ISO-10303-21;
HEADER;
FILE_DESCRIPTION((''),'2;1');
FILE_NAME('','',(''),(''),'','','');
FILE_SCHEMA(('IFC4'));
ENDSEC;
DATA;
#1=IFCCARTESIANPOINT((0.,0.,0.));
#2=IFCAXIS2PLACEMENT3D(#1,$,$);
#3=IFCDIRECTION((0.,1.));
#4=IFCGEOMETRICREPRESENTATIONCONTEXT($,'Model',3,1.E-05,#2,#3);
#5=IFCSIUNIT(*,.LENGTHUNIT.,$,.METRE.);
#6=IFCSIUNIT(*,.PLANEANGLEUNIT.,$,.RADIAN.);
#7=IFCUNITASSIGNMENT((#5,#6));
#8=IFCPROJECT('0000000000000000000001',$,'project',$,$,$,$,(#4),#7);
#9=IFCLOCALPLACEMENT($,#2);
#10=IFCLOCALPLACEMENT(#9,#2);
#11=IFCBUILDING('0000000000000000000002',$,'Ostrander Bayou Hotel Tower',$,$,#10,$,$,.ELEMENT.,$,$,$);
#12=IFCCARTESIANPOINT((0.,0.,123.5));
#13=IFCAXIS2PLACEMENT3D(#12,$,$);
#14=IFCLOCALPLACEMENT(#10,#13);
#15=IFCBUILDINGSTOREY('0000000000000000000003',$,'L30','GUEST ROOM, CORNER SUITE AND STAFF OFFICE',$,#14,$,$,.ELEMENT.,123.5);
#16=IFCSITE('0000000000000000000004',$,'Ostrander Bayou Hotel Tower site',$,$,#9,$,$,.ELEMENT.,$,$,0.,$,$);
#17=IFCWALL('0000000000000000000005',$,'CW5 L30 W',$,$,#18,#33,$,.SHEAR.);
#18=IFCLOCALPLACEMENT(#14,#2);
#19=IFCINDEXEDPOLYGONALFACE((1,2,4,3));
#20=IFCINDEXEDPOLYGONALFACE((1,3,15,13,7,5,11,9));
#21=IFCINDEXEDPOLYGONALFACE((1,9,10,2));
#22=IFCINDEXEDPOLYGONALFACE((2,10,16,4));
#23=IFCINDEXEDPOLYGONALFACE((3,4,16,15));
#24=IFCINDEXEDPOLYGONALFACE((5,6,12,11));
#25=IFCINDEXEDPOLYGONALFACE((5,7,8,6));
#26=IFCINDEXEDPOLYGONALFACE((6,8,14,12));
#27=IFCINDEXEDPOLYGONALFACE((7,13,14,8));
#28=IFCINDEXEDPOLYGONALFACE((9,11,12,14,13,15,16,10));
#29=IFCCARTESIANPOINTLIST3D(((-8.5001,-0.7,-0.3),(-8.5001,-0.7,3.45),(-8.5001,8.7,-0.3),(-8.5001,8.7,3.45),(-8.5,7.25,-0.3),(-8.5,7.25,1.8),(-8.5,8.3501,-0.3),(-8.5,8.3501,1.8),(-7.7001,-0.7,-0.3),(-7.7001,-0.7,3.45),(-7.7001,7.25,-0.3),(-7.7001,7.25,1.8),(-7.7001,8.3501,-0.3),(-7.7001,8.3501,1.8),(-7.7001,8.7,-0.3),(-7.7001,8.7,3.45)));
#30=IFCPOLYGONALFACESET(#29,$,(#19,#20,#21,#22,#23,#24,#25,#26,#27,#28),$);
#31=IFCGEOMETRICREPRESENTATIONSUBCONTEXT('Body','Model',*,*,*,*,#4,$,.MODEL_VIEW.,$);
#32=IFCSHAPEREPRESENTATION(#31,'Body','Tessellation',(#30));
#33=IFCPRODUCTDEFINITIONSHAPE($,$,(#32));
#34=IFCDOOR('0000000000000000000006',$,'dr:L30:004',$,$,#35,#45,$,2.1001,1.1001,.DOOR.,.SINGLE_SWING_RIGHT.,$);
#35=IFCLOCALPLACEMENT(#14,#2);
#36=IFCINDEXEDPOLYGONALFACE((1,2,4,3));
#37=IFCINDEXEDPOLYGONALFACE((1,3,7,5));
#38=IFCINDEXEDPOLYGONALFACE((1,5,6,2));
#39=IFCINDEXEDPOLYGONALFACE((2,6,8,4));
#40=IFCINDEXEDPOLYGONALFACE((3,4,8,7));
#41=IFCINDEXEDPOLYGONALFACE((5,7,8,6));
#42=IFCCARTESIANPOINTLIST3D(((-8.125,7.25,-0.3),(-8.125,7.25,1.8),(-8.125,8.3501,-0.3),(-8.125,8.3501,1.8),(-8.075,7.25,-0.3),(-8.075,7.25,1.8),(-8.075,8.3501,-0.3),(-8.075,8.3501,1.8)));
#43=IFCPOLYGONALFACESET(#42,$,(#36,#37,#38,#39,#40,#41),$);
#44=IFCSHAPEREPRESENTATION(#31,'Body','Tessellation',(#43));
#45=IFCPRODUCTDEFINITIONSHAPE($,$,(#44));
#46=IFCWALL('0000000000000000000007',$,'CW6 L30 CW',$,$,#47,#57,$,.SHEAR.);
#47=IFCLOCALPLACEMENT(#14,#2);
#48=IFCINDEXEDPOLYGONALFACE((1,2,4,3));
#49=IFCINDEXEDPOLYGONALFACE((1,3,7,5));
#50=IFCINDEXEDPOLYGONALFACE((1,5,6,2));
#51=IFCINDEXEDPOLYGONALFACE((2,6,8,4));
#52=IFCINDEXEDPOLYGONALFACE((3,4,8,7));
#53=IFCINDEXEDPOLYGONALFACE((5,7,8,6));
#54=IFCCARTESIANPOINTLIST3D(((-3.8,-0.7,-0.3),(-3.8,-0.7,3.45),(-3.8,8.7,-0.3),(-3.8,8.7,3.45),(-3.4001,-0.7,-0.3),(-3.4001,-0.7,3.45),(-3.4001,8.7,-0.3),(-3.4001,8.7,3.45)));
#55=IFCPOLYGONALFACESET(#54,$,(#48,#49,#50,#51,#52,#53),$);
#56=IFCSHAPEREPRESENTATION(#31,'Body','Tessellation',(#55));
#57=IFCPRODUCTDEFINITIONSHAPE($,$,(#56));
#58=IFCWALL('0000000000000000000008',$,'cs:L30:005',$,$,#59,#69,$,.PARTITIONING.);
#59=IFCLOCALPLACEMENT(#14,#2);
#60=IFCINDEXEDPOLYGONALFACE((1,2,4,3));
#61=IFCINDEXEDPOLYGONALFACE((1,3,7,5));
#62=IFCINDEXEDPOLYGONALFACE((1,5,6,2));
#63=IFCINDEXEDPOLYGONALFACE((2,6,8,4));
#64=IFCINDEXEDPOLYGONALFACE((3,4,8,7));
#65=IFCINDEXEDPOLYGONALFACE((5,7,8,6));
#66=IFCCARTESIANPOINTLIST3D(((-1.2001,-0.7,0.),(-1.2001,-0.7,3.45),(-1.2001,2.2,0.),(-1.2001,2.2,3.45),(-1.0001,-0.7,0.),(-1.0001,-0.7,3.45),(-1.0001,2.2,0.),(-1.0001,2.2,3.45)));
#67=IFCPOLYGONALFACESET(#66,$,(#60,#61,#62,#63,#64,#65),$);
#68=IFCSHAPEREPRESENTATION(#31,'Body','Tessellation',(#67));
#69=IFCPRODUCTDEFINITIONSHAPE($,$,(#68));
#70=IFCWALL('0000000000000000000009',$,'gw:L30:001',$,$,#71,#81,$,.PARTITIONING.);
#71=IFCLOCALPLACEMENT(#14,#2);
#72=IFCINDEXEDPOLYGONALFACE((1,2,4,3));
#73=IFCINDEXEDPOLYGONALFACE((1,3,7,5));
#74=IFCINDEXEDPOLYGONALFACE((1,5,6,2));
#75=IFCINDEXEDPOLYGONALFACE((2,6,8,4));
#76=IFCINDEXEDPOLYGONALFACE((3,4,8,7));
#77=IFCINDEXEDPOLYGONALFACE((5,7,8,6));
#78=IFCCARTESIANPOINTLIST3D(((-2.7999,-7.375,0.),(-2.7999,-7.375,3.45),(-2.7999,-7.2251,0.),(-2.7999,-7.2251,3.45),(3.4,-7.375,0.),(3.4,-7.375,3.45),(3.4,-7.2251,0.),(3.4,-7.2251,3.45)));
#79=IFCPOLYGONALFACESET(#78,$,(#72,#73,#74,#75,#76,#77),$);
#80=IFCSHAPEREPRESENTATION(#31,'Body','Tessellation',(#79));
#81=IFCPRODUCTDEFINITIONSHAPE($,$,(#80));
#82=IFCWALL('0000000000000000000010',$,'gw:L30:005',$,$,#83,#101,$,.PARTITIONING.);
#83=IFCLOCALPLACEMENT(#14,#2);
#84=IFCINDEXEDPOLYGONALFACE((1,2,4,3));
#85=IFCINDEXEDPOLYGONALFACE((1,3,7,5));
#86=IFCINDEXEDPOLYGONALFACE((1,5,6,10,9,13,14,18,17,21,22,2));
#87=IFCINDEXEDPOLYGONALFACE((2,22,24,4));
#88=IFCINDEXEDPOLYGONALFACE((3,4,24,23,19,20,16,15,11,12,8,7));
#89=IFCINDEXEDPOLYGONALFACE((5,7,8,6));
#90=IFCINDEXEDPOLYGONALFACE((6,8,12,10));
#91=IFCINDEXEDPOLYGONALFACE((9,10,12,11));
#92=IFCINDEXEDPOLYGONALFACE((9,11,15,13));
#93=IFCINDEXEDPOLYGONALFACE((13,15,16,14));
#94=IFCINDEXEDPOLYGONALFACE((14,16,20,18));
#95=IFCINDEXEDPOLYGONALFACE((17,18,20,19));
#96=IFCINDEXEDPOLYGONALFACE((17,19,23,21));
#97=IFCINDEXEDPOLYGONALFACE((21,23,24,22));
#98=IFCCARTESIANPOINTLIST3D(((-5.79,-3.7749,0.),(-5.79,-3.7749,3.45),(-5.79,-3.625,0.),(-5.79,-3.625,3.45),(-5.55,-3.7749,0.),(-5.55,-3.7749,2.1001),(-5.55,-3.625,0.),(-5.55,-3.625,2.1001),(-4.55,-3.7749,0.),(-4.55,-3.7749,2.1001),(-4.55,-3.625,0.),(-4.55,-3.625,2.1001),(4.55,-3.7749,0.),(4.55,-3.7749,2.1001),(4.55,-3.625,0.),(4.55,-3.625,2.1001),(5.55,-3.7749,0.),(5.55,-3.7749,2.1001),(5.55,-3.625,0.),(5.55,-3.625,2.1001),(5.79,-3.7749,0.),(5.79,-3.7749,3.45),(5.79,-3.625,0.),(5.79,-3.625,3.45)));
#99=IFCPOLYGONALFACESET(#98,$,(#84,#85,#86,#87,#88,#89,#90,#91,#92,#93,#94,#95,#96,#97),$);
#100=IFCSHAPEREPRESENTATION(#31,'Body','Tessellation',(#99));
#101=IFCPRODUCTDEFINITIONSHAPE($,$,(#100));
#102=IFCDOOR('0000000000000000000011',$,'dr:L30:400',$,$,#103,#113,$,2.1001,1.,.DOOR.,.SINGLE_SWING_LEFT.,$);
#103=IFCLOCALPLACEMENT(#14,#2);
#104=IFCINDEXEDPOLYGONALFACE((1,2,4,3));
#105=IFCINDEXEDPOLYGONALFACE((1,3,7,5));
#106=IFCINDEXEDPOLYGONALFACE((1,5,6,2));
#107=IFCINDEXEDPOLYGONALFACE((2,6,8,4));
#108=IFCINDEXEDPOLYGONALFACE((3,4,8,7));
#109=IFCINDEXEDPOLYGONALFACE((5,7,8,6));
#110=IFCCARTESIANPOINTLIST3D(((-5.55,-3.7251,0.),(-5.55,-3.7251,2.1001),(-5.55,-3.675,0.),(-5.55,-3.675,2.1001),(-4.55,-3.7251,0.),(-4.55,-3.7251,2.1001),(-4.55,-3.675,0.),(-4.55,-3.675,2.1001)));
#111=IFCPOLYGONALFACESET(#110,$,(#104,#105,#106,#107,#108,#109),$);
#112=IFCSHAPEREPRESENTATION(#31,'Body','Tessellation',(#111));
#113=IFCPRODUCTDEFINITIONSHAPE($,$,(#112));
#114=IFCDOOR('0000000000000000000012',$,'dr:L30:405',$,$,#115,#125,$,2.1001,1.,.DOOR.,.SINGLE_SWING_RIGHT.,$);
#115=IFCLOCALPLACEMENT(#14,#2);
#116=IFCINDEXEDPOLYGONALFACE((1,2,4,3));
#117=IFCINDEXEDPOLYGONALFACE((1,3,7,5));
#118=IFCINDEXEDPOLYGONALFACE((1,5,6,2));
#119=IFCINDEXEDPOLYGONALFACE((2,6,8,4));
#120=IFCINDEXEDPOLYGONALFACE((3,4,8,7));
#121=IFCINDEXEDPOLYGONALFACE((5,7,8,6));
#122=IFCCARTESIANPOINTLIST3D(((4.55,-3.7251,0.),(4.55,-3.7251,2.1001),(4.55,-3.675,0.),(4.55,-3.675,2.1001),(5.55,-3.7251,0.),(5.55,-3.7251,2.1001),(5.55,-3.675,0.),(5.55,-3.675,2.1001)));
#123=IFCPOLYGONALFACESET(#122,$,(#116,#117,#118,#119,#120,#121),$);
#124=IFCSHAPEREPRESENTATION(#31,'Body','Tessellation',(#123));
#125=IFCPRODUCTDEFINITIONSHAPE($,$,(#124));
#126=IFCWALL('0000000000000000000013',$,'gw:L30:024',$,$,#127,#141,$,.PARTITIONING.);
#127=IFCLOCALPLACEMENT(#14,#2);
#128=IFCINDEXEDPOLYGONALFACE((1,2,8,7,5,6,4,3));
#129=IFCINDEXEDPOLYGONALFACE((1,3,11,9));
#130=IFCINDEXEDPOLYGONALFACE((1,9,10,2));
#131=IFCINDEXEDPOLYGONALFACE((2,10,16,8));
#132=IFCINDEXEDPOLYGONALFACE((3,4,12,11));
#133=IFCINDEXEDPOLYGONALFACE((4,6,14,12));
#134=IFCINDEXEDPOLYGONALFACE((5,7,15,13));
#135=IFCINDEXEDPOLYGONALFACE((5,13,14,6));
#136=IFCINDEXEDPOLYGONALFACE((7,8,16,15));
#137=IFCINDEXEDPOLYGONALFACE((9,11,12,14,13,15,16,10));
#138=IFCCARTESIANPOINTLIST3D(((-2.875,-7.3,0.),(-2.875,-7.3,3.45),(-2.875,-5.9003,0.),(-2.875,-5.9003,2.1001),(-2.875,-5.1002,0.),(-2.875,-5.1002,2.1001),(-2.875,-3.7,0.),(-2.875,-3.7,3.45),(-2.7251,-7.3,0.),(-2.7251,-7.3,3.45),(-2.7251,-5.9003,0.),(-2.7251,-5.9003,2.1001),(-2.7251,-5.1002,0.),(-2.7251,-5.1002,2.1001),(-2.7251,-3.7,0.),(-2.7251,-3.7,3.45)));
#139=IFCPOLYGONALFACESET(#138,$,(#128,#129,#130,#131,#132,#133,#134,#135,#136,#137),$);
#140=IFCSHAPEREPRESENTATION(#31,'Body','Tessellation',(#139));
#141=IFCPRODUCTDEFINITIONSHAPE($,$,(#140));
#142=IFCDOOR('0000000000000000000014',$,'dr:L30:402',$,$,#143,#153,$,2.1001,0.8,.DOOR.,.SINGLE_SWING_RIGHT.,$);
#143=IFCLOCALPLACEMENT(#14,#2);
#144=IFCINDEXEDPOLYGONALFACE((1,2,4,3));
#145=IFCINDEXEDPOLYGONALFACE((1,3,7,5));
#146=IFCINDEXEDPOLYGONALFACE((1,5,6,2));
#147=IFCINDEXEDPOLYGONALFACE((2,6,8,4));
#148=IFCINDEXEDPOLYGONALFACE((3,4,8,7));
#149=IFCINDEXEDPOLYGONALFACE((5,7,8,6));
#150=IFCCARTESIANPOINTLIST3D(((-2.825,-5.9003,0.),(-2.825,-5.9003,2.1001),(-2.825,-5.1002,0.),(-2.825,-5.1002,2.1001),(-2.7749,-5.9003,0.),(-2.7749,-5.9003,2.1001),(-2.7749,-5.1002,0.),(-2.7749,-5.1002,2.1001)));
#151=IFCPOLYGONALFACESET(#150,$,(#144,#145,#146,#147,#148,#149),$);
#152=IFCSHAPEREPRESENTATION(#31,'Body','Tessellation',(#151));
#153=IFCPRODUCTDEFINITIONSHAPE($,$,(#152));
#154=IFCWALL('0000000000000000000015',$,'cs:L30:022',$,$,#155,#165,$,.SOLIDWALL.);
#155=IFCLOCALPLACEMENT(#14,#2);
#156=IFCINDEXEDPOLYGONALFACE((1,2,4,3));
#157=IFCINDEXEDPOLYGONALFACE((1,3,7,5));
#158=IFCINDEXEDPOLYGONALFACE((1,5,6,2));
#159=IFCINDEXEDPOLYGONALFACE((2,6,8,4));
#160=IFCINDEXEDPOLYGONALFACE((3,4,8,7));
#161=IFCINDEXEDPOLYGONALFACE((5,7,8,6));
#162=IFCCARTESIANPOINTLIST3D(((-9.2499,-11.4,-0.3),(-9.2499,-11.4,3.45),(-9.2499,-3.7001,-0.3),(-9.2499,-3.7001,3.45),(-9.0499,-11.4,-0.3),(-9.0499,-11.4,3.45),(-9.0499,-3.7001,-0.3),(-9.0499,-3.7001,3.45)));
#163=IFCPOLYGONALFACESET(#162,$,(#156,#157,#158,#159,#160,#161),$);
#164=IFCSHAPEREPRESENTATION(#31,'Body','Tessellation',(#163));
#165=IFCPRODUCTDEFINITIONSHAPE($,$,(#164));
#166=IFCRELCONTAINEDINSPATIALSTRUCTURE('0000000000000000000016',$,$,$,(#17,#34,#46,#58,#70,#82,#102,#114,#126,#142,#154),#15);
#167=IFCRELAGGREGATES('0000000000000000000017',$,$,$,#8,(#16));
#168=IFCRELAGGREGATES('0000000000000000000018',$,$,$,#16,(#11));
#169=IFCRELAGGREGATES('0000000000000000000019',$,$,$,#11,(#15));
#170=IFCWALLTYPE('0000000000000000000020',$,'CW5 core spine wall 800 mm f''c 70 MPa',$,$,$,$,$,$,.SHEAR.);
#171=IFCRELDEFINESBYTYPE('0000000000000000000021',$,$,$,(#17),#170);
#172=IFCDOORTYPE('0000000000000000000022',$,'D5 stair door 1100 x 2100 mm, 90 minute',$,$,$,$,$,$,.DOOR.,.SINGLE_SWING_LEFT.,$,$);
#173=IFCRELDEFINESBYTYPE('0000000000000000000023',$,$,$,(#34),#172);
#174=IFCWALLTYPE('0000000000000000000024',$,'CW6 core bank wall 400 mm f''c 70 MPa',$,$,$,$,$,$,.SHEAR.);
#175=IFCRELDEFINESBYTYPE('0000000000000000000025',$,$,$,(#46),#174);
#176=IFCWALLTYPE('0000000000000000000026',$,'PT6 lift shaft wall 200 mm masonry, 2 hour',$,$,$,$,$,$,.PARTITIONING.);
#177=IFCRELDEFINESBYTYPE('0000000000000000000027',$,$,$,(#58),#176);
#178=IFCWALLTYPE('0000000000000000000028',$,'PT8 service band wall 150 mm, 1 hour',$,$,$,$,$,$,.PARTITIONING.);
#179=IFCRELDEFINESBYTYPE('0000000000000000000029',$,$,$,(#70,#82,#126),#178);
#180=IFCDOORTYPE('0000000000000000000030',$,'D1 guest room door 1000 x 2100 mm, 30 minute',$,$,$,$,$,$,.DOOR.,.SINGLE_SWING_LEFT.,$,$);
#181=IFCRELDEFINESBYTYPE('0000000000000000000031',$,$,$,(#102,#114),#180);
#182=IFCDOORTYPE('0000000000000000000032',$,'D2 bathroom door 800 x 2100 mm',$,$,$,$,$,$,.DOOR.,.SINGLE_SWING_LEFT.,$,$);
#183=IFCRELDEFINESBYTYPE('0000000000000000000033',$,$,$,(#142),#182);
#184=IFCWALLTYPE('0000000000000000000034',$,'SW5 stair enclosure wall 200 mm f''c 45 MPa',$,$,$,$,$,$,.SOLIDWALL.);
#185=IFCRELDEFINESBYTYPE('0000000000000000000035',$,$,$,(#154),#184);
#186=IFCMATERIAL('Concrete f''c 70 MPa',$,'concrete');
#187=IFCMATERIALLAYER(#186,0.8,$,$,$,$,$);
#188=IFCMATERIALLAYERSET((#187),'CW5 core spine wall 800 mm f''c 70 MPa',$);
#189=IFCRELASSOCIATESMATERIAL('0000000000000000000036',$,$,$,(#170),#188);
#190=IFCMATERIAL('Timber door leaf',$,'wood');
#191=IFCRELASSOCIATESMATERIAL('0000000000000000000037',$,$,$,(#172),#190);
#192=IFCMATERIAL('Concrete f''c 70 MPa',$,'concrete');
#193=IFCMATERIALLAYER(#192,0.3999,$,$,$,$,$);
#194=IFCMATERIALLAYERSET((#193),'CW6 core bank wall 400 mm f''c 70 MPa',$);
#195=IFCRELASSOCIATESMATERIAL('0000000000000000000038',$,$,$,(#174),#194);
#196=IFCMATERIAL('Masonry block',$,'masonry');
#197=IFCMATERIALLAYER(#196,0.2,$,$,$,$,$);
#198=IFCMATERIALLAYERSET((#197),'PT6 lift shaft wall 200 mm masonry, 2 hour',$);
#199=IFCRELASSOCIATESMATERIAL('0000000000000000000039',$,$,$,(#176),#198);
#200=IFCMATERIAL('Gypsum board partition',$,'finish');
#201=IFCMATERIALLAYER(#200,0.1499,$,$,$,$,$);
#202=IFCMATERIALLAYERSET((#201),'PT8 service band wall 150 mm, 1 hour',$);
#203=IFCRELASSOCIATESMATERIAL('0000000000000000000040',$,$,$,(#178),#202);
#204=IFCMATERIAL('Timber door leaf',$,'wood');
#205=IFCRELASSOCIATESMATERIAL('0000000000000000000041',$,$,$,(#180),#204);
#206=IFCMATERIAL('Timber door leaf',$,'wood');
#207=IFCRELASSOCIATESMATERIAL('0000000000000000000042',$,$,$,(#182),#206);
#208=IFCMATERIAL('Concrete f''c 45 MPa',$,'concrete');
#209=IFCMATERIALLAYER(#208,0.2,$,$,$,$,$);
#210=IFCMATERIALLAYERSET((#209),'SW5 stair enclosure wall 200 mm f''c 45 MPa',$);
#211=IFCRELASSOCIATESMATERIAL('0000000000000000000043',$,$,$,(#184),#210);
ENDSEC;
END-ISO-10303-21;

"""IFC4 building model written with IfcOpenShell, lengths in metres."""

from ifc_helpers import new_model, si_unit, direction, frame, frame_2d, origin, place, context, subcontext, project, spatial, rectangle, extrude, material, layer, layer_set, type_object, element, fill, save


model = new_model("IFC4")

# Units and contexts
model_context = context("Model", 3, precision=1e-05, world=origin(), true_north=direction((0.0, 1.0)))
body_context = subcontext(model_context, "Body", "Model", "MODEL_VIEW")
ifc_project = project(units=[si_unit("LENGTHUNIT", "METRE"), si_unit("PLANEANGLEUNIT", "RADIAN")], contexts=[model_context])

# Site, building, storey
site_placement = place(None, origin())
site = spatial("IfcSite", under=ifc_project, at=site_placement, Name="Ostrander Bayou Hotel Tower site", CompositionType="ELEMENT", RefElevation=0.0)
building_placement = place(site_placement, origin())
building = spatial("IfcBuilding", under=site, at=building_placement, Name="Ostrander Bayou Hotel Tower", CompositionType="ELEMENT")
storey_placement = place(building_placement, frame((0.0, 0.0, 123.5)))
storey = spatial("IfcBuildingStorey", under=building, at=storey_placement, Name="L30", Description="GUEST ROOM, CORNER SUITE AND STAFF OFFICE", CompositionType="ELEMENT", Elevation=123.5)

# Wall, opening, door
ifc_material_1 = material(Name="Concrete f'c 70 MPa", Category="concrete")
ifc_layer_1 = layer(ifc_material_1, 0.8)
ifc_layer_set_1 = layer_set([ifc_layer_1], Name="CW5 core spine wall 800 mm f'c 70 MPa")
wall_type_1 = type_object("IfcWallType", Name="CW5 core spine wall 800 mm f'c 70 MPa", PredefinedType="SHEAR", material=ifc_layer_set_1)
wall_1_placement = place(storey_placement, frame((-8.1001, -0.7, -0.3), z_axis=(0.0, 0.0, 1.0), x_axis=(0.0, 1.0, 0.0)))
wall_1 = element("IfcWall", 1, at=wall_1_placement, inside=storey, type_object=wall_type_1, Name="CW5 L30 W", PredefinedType="SHEAR", context=body_context, shape_type="SweptSolid", body=[
    extrude(rectangle(XDim=9.3999, YDim=0.8, at=frame_2d((4.7, 0.0))), origin(), (0.0, 0.0, 1.0), 3.75),
])
opening_1_placement = place(wall_1_placement, frame((7.95, 0.0, 0.0)))
opening_1 = element("IfcOpeningElement", 2, at=opening_1_placement, cuts=wall_1, PredefinedType="OPENING", context=body_context, shape_type="SweptSolid", body=[
    extrude(rectangle(XDim=1.1001, YDim=2.1001, at=frame_2d((0.55, 1.05))), frame((0.0, 0.3999, 0.0), z_axis=(0.0, -1.0, 0.0), x_axis=(1.0, 0.0, 0.0)), (0.0, 0.0, 1.0), 0.8),
])
ifc_material_2 = material(Name="Timber door leaf", Category="wood")
door_type_1 = type_object("IfcDoorType", Name="D5 stair door 1100 x 2100 mm, 90 minute", OperationType="SINGLE_SWING_LEFT", PredefinedType="DOOR", material=ifc_material_2)
door_1_placement = place(opening_1_placement, origin())
door_1 = element("IfcDoor", 3, at=door_1_placement, inside=storey, type_object=door_type_1, Name="dr:L30:004", OperationType="SINGLE_SWING_RIGHT", OverallHeight=2.1001, OverallWidth=1.1001, PredefinedType="DOOR", context=body_context, shape_type="SweptSolid", body=[
    extrude(rectangle(XDim=1.1001, YDim=2.1001, at=frame_2d((0.55, 1.05))), frame((0.0, 0.0249, 0.0), z_axis=(0.0, -1.0, 0.0), x_axis=(1.0, 0.0, 0.0)), (0.0, 0.0, 1.0), 0.05),
])
fill(opening_1, door_1)

# Walls
ifc_material_3 = material(Name="Concrete f'c 70 MPa", Category="concrete")
ifc_layer_2 = layer(ifc_material_3, 0.3999)
ifc_layer_set_2 = layer_set([ifc_layer_2], Name="CW6 core bank wall 400 mm f'c 70 MPa")
wall_type_2 = type_object("IfcWallType", Name="CW6 core bank wall 400 mm f'c 70 MPa", PredefinedType="SHEAR", material=ifc_layer_set_2)
wall_2_placement = place(storey_placement, frame((-3.6001, -0.7, -0.3), z_axis=(0.0, 0.0, 1.0), x_axis=(0.0, 1.0, 0.0)))
element("IfcWall", 4, at=wall_2_placement, inside=storey, type_object=wall_type_2, Name="CW6 L30 CW", PredefinedType="SHEAR", context=body_context, shape_type="SweptSolid", body=[
    extrude(rectangle(XDim=9.3999, YDim=0.3999, at=frame_2d((4.7, 0.0))), origin(), (0.0, 0.0, 1.0), 3.75),
])
ifc_material_4 = material(Name="Masonry block", Category="masonry")
ifc_layer_3 = layer(ifc_material_4, 0.2)
ifc_layer_set_3 = layer_set([ifc_layer_3], Name="PT6 lift shaft wall 200 mm masonry, 2 hour")
wall_type_3 = type_object("IfcWallType", Name="PT6 lift shaft wall 200 mm masonry, 2 hour", PredefinedType="PARTITIONING", material=ifc_layer_set_3)
wall_3_placement = place(storey_placement, frame((-1.1001, -0.7, 0.0), z_axis=(0.0, 0.0, 1.0), x_axis=(0.0, 1.0, 0.0)))
element("IfcWall", 5, at=wall_3_placement, inside=storey, type_object=wall_type_3, Name="cs:L30:005", PredefinedType="PARTITIONING", context=body_context, shape_type="SweptSolid", body=[
    extrude(rectangle(XDim=2.8999, YDim=0.2, at=frame_2d((1.45, 0.0))), origin(), (0.0, 0.0, 1.0), 3.45),
])
ifc_material_5 = material(Name="Gypsum board partition", Category="finish")
ifc_layer_4 = layer(ifc_material_5, 0.1499)
ifc_layer_set_4 = layer_set([ifc_layer_4], Name="PT8 service band wall 150 mm, 1 hour")
wall_type_4 = type_object("IfcWallType", Name="PT8 service band wall 150 mm, 1 hour", PredefinedType="PARTITIONING", material=ifc_layer_set_4)
wall_4_placement = place(storey_placement, frame((-2.8, -7.3, 0.0), z_axis=(0.0, 0.0, 1.0), x_axis=(1.0, 0.0, 0.0)))
element("IfcWall", 6, at=wall_4_placement, inside=storey, type_object=wall_type_4, Name="gw:L30:001", PredefinedType="PARTITIONING", context=body_context, shape_type="SweptSolid", body=[
    extrude(rectangle(XDim=6.2, YDim=0.1499, at=frame_2d((3.1001, 0.0))), origin(), (0.0, 0.0, 1.0), 3.45),
])

# Wall, openings, doors
wall_5_placement = place(storey_placement, frame((-5.79, -3.7, 0.0), z_axis=(0.0, 0.0, 1.0), x_axis=(1.0, 0.0, 0.0)))
wall_5 = element("IfcWall", 7, at=wall_5_placement, inside=storey, type_object=wall_type_4, Name="gw:L30:005", PredefinedType="PARTITIONING", context=body_context, shape_type="SweptSolid", body=[
    extrude(rectangle(XDim=11.5801, YDim=0.1499, at=frame_2d((5.79, 0.0))), origin(), (0.0, 0.0, 1.0), 3.45),
])
opening_2_placement = place(wall_5_placement, frame((0.24, 0.0, 0.0)))
opening_2 = element("IfcOpeningElement", 8, at=opening_2_placement, cuts=wall_5, PredefinedType="OPENING", context=body_context, shape_type="SweptSolid", body=[
    extrude(rectangle(XDim=1.0, YDim=2.1001, at=frame_2d((0.5, 1.05))), frame((0.0, 0.075, 0.0), z_axis=(0.0, -1.0, 0.0), x_axis=(1.0, 0.0, 0.0)), (0.0, 0.0, 1.0), 0.1499),
])
opening_3_placement = place(wall_5_placement, frame((10.3401, 0.0, 0.0)))
opening_3 = element("IfcOpeningElement", 9, at=opening_3_placement, cuts=wall_5, PredefinedType="OPENING", context=body_context, shape_type="SweptSolid", body=[
    extrude(rectangle(XDim=1.0, YDim=2.1001, at=frame_2d((0.5, 1.05))), frame((0.0, 0.075, 0.0), z_axis=(0.0, -1.0, 0.0), x_axis=(1.0, 0.0, 0.0)), (0.0, 0.0, 1.0), 0.1499),
])
ifc_material_6 = material(Name="Timber door leaf", Category="wood")
door_type_2 = type_object("IfcDoorType", Name="D1 guest room door 1000 x 2100 mm, 30 minute", OperationType="SINGLE_SWING_LEFT", PredefinedType="DOOR", material=ifc_material_6)
door_2_placement = place(opening_2_placement, origin())
door_2 = element("IfcDoor", 10, at=door_2_placement, inside=storey, type_object=door_type_2, Name="dr:L30:400", OperationType="SINGLE_SWING_LEFT", OverallHeight=2.1001, OverallWidth=1.0, PredefinedType="DOOR", context=body_context, shape_type="SweptSolid", body=[
    extrude(rectangle(XDim=1.0, YDim=2.1001, at=frame_2d((0.5, 1.05))), frame((0.0, 0.0249, 0.0), z_axis=(0.0, -1.0, 0.0), x_axis=(1.0, 0.0, 0.0)), (0.0, 0.0, 1.0), 0.05),
])
fill(opening_2, door_2)
door_3_placement = place(opening_3_placement, origin())
door_3 = element("IfcDoor", 11, at=door_3_placement, inside=storey, type_object=door_type_2, Name="dr:L30:405", OperationType="SINGLE_SWING_RIGHT", OverallHeight=2.1001, OverallWidth=1.0, PredefinedType="DOOR", context=body_context, shape_type="SweptSolid", body=[
    extrude(rectangle(XDim=1.0, YDim=2.1001, at=frame_2d((0.5, 1.05))), frame((0.0, 0.0249, 0.0), z_axis=(0.0, -1.0, 0.0), x_axis=(1.0, 0.0, 0.0)), (0.0, 0.0, 1.0), 0.05),
])
fill(opening_3, door_3)

# Wall, opening, door
wall_6_placement = place(storey_placement, frame((-2.8, -7.3, 0.0), z_axis=(0.0, 0.0, 1.0), x_axis=(0.0, 1.0, 0.0)))
wall_6 = element("IfcWall", 12, at=wall_6_placement, inside=storey, type_object=wall_type_4, Name="gw:L30:024", PredefinedType="PARTITIONING", context=body_context, shape_type="SweptSolid", body=[
    extrude(rectangle(XDim=3.6001, YDim=0.1499, at=frame_2d((1.8, 0.0))), origin(), (0.0, 0.0, 1.0), 3.45),
])
opening_4_placement = place(wall_6_placement, frame((1.3999, 0.0, 0.0)))
opening_4 = element("IfcOpeningElement", 13, at=opening_4_placement, cuts=wall_6, PredefinedType="OPENING", context=body_context, shape_type="SweptSolid", body=[
    extrude(rectangle(XDim=0.8, YDim=2.1001, at=frame_2d((0.3999, 1.05))), frame((0.0, 0.075, 0.0), z_axis=(0.0, -1.0, 0.0), x_axis=(1.0, 0.0, 0.0)), (0.0, 0.0, 1.0), 0.1499),
])
ifc_material_7 = material(Name="Timber door leaf", Category="wood")
door_type_3 = type_object("IfcDoorType", Name="D2 bathroom door 800 x 2100 mm", OperationType="SINGLE_SWING_LEFT", PredefinedType="DOOR", material=ifc_material_7)
door_4_placement = place(opening_4_placement, origin())
door_4 = element("IfcDoor", 14, at=door_4_placement, inside=storey, type_object=door_type_3, Name="dr:L30:402", OperationType="SINGLE_SWING_RIGHT", OverallHeight=2.1001, OverallWidth=0.8, PredefinedType="DOOR", context=body_context, shape_type="SweptSolid", body=[
    extrude(rectangle(XDim=0.8, YDim=2.1001, at=frame_2d((0.3999, 1.05))), frame((0.0, 0.0249, 0.0), z_axis=(0.0, -1.0, 0.0), x_axis=(1.0, 0.0, 0.0)), (0.0, 0.0, 1.0), 0.05),
])
fill(opening_4, door_4)
ifc_material_8 = material(Name="Concrete f'c 45 MPa", Category="concrete")
ifc_layer_5 = layer(ifc_material_8, 0.2)
ifc_layer_set_5 = layer_set([ifc_layer_5], Name="SW5 stair enclosure wall 200 mm f'c 45 MPa")
wall_type_5 = type_object("IfcWallType", Name="SW5 stair enclosure wall 200 mm f'c 45 MPa", PredefinedType="SOLIDWALL", material=ifc_layer_set_5)

# Wall
for number, where, z_axis, x_axis, name in (
    (15, (-9.1499, -3.7, -0.3), (0.0, 0.0, 1.0), (0.0, -1.0, 0.0), "cs:L30:022"),
):
    element("IfcWall", number, at=place(storey_placement, frame(where, z_axis=z_axis, x_axis=x_axis)), inside=storey, type_object=wall_type_5, Name=name, PredefinedType="SOLIDWALL", context=body_context, shape_type="SweptSolid", body=[
        extrude(rectangle(XDim=7.7, YDim=0.2, at=frame_2d((3.8501, 0.0))), origin(), (0.0, 0.0, 1.0), 3.75),
    ])

save(model, "model.ifc")
